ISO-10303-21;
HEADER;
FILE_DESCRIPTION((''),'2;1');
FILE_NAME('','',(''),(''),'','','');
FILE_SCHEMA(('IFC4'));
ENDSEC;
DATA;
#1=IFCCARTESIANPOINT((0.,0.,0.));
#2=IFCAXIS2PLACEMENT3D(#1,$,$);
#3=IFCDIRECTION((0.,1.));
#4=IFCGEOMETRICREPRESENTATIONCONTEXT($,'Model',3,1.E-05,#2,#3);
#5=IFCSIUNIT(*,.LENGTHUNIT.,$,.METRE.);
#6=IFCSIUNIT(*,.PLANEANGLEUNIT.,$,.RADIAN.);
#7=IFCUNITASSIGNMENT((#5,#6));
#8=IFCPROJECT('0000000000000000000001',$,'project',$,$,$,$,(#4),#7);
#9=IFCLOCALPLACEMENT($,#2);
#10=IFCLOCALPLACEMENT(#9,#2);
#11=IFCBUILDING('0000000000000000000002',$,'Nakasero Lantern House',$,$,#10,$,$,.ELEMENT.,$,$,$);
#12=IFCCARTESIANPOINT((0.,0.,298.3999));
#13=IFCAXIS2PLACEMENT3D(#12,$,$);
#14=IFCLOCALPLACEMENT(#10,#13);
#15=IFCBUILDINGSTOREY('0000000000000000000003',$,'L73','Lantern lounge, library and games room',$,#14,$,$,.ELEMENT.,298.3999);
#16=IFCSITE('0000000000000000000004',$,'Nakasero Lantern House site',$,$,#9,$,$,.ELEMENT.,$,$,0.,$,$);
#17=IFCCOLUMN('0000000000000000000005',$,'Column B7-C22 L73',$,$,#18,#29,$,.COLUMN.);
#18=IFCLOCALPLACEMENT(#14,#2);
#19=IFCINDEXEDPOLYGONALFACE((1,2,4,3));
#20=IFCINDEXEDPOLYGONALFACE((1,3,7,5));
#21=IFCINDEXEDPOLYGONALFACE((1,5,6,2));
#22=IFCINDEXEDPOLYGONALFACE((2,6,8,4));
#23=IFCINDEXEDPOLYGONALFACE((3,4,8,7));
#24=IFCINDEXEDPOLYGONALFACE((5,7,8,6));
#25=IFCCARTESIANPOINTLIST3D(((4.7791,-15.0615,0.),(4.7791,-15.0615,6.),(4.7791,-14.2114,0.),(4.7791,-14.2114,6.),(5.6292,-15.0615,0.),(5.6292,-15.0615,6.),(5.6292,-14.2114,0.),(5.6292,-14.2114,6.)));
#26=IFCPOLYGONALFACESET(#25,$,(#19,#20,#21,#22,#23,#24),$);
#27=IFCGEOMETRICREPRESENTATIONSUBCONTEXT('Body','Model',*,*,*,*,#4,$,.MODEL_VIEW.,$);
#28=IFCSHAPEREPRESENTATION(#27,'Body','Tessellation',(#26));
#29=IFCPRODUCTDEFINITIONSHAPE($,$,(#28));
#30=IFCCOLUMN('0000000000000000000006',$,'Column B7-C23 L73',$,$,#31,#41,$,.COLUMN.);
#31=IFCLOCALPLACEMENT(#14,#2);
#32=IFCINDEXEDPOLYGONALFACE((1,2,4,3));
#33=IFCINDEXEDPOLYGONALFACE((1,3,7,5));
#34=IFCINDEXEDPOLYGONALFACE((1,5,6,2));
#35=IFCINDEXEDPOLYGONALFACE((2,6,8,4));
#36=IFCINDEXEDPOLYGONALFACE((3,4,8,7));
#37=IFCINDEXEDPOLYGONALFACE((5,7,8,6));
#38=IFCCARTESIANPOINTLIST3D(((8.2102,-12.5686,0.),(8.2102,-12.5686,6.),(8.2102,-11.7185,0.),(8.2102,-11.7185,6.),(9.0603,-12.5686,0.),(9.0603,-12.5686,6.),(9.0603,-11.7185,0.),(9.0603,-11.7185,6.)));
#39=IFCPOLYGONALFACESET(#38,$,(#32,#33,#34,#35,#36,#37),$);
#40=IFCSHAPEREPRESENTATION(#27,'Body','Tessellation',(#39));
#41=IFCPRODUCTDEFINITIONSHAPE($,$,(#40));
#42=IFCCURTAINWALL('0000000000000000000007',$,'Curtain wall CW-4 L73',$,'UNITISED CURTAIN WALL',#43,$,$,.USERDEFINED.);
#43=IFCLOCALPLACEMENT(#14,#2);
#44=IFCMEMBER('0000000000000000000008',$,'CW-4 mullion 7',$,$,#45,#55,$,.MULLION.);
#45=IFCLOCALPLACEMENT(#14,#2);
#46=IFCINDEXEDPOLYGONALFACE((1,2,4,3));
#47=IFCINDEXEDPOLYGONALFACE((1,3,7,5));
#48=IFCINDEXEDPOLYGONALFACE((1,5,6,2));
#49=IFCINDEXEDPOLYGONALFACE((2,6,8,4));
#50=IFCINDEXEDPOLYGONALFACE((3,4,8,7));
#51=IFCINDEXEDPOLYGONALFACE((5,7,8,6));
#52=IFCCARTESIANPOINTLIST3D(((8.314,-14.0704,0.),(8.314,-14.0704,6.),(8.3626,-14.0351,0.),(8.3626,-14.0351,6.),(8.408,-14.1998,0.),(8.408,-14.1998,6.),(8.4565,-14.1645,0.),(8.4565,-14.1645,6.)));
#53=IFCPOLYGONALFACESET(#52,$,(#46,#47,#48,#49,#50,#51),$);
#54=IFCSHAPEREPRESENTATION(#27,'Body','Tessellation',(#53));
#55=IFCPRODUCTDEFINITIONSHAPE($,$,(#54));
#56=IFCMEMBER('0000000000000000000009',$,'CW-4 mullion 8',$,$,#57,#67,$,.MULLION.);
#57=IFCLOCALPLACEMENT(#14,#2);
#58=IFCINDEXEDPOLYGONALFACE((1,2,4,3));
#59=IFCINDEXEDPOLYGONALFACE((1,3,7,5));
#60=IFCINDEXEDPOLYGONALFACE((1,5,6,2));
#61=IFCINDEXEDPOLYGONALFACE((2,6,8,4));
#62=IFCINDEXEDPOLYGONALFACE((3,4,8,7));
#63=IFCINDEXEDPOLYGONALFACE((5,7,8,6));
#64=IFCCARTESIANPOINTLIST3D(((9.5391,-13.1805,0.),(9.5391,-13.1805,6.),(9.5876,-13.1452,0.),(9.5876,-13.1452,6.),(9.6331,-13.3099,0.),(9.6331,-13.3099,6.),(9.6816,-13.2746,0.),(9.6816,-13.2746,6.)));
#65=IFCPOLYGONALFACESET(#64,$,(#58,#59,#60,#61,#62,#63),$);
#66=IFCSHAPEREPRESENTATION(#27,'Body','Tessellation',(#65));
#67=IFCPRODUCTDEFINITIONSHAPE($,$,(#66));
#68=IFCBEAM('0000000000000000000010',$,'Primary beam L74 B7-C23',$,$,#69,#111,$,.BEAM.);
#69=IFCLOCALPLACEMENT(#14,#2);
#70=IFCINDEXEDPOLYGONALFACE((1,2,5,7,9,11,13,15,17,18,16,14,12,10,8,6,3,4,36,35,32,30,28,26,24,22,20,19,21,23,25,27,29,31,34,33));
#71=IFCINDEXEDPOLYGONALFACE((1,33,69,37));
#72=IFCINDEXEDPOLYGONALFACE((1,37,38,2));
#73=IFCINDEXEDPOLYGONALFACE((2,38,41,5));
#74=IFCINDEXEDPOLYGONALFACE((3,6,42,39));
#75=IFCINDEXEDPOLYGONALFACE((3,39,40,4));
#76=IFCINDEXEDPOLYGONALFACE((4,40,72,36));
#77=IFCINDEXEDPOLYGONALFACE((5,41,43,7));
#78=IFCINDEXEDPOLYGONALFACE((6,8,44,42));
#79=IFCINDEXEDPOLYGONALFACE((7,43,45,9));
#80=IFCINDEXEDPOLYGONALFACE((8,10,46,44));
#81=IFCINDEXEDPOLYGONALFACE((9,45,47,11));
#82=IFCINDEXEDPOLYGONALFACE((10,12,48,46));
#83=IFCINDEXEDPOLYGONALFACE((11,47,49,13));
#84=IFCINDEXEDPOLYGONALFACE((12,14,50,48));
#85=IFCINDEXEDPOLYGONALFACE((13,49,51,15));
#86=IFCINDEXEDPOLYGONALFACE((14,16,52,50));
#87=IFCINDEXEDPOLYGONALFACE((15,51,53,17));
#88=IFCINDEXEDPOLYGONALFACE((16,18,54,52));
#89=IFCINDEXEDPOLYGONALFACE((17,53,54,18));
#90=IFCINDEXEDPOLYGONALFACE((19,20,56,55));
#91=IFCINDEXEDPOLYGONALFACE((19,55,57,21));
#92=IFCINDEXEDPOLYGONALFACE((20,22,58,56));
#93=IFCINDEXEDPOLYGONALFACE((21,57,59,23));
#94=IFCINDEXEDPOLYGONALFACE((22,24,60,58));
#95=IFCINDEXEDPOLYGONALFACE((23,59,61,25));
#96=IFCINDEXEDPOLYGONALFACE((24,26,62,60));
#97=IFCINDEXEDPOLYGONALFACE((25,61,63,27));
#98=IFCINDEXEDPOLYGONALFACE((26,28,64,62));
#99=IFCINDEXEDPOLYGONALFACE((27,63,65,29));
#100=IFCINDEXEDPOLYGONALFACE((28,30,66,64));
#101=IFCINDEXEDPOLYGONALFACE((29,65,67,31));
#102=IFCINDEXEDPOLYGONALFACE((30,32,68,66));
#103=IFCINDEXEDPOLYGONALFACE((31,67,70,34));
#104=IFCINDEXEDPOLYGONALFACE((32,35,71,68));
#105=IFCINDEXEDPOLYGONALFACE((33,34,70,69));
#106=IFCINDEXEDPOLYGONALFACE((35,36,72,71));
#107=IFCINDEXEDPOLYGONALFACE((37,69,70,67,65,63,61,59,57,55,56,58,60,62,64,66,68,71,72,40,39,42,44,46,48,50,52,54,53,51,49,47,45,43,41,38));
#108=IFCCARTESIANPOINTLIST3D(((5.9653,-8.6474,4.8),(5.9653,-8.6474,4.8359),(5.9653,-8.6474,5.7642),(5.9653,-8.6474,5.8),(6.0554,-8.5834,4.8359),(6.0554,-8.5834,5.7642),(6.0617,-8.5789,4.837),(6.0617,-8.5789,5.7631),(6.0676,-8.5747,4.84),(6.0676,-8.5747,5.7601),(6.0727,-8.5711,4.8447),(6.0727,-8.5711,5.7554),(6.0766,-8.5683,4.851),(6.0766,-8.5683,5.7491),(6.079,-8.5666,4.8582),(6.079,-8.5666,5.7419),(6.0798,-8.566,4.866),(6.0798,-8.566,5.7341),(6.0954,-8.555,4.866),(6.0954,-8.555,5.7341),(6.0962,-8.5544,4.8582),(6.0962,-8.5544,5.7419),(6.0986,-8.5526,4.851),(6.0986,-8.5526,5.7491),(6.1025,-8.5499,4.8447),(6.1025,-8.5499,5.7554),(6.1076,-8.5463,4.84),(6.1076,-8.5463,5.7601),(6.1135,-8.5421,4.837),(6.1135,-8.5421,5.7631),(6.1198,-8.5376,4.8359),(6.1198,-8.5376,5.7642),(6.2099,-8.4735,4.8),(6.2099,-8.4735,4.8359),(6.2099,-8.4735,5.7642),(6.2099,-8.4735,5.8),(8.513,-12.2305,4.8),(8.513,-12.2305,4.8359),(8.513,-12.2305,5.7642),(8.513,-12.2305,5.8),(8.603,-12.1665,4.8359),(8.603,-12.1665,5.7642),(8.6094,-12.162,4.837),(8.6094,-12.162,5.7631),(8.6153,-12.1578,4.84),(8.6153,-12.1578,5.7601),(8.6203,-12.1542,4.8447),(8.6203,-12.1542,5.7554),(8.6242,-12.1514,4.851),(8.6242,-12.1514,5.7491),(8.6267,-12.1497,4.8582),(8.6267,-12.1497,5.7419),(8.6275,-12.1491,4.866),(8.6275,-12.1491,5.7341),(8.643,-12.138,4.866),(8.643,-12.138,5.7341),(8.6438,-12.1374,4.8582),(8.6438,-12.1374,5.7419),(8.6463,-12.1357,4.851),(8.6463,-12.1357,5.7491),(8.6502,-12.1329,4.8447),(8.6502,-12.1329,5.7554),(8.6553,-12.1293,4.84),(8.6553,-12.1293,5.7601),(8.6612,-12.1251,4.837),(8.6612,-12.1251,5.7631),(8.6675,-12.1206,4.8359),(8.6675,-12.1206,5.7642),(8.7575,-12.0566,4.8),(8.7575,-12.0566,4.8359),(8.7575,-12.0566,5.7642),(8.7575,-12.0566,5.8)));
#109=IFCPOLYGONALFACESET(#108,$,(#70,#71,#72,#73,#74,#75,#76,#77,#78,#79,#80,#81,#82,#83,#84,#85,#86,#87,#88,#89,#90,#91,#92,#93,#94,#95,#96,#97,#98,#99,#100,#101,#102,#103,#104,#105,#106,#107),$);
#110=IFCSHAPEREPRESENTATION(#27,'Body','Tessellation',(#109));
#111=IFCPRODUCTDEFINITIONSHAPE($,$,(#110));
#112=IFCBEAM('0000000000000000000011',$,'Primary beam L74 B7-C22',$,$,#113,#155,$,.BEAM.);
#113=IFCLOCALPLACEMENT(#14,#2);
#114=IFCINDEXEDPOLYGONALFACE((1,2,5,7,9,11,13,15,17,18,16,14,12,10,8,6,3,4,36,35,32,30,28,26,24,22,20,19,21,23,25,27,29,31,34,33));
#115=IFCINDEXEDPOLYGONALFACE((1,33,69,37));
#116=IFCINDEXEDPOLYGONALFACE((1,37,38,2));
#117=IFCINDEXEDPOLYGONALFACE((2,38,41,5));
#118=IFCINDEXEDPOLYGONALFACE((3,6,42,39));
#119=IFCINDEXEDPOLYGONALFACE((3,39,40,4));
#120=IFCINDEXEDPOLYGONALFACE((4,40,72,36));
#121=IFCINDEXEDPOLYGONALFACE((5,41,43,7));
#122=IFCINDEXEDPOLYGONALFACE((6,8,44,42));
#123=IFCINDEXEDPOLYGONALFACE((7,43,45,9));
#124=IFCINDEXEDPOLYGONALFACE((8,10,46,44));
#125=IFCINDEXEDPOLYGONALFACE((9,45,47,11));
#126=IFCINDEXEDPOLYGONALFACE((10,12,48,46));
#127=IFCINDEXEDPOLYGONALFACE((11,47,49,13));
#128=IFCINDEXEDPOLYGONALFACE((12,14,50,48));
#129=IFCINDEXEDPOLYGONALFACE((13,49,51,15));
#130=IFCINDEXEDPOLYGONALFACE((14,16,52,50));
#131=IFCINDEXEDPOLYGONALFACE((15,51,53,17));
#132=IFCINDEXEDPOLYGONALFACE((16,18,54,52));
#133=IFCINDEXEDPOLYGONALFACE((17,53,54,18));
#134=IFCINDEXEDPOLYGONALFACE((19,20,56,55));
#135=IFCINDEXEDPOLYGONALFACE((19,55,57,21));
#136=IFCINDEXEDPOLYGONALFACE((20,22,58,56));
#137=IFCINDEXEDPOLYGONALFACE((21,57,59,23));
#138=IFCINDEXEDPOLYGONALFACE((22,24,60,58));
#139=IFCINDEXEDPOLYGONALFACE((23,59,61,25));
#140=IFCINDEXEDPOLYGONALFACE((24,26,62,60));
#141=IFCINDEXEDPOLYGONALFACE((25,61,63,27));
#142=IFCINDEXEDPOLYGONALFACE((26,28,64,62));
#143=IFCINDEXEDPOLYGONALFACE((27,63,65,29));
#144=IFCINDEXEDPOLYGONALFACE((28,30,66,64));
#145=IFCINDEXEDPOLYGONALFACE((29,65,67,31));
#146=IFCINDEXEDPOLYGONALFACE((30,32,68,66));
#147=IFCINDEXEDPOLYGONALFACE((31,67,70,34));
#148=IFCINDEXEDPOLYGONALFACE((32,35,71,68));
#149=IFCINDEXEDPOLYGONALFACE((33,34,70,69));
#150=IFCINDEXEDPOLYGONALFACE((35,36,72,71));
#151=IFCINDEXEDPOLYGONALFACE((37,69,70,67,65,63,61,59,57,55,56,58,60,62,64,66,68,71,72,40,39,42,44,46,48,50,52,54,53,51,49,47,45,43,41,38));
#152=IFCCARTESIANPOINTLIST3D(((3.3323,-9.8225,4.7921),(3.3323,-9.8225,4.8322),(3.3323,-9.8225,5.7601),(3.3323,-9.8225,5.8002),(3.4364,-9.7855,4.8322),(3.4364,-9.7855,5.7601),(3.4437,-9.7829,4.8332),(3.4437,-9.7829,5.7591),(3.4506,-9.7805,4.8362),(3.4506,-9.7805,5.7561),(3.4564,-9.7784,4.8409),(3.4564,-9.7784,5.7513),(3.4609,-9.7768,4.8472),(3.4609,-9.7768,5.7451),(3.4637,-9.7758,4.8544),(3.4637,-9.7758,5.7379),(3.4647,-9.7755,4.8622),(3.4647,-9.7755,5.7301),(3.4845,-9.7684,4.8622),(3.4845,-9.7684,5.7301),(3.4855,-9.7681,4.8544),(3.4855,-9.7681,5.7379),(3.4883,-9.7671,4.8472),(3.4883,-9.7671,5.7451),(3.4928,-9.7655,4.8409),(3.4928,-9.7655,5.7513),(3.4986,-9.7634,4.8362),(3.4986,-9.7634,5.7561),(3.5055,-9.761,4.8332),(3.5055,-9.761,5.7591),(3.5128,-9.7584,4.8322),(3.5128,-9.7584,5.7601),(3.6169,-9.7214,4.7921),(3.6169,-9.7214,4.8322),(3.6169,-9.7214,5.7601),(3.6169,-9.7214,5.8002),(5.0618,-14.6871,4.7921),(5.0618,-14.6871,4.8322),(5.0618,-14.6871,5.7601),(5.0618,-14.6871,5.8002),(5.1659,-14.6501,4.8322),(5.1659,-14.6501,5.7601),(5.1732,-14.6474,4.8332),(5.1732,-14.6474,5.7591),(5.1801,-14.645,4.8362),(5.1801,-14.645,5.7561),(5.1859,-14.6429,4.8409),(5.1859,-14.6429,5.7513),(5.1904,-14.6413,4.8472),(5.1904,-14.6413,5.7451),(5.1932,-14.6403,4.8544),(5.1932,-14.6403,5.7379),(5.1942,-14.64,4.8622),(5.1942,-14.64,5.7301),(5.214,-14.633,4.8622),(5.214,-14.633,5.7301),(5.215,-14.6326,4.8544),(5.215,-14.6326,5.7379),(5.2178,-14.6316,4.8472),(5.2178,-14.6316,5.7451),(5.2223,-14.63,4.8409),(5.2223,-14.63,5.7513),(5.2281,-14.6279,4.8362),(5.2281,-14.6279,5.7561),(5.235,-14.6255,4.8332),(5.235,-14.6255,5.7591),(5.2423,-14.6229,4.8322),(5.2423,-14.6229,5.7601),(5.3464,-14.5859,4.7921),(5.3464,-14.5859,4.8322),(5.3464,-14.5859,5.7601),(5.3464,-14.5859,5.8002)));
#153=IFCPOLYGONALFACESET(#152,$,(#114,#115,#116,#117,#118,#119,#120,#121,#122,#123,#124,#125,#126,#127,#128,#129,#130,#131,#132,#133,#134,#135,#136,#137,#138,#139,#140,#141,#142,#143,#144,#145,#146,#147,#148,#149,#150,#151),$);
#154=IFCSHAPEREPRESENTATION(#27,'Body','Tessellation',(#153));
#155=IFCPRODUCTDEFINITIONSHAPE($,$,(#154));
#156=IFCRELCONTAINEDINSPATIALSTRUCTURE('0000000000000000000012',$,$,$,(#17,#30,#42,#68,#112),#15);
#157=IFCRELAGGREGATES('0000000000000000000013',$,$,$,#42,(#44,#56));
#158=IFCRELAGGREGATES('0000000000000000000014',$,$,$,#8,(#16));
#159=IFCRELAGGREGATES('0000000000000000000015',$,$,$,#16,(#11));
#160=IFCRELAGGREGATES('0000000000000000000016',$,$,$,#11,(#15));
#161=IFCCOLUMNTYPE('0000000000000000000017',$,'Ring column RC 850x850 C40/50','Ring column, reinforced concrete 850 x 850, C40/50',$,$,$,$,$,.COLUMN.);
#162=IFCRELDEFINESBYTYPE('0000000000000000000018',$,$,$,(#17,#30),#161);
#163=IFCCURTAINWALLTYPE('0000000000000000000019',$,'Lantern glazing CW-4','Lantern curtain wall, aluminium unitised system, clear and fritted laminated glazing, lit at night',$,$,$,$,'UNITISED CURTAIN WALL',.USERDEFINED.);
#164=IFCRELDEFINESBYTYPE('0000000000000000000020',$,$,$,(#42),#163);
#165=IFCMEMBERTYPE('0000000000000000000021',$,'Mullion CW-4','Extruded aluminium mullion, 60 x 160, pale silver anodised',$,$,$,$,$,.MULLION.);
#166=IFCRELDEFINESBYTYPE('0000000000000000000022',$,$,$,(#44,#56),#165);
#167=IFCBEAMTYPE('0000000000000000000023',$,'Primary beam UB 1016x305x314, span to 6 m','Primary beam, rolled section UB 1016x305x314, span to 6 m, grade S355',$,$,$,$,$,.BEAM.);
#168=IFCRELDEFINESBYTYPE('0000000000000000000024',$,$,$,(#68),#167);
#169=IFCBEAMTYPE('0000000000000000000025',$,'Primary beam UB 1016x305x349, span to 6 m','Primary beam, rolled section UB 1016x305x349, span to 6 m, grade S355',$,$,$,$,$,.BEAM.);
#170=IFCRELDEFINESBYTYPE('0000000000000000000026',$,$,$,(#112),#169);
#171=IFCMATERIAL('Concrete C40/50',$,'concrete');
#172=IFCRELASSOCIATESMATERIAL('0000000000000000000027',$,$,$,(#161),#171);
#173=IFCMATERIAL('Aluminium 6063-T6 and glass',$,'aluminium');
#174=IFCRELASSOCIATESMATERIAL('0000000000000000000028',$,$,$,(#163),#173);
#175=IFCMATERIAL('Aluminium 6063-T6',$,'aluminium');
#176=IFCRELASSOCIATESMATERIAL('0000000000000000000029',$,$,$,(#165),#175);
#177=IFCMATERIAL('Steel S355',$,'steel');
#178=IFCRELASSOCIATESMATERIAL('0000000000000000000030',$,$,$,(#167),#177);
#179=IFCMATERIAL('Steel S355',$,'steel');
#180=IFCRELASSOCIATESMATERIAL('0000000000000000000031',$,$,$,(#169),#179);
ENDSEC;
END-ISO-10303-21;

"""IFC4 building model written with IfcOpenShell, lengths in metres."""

from ifc_helpers import new_model, si_unit, direction, frame, origin, origin_2d, place, context, subcontext, project, spatial, rectangle, i_section, extrude, material, material_profile, profile_set, type_object, element, aggregate, save


model = new_model("IFC4")

# Units and contexts
model_context = context("Model", 3, precision=1e-05, world=origin(), true_north=direction((0.0, 1.0)))
body_context = subcontext(model_context, "Body", "Model", "MODEL_VIEW")
ifc_project = project(units=[si_unit("LENGTHUNIT", "METRE"), si_unit("PLANEANGLEUNIT", "RADIAN")], contexts=[model_context])

# Site, building, storey
site_placement = place(None, origin())
site = spatial("IfcSite", under=ifc_project, at=site_placement, Name="Nakasero Lantern House site", CompositionType="ELEMENT", RefElevation=0.0)
building_placement = place(site_placement, origin())
building = spatial("IfcBuilding", under=site, at=building_placement, Name="Nakasero Lantern House", CompositionType="ELEMENT")
storey_placement = place(building_placement, frame((0.0, 0.0, 298.3999)))
storey = spatial("IfcBuildingStorey", under=building, at=storey_placement, Name="L73", Description="Lantern lounge, library and games room", CompositionType="ELEMENT", Elevation=298.3999)

# Columns
ifc_material_1 = material(Name="Concrete C40/50", Category="concrete")
ifc_material_profile_1 = material_profile(ifc_material_1, rectangle(XDim=0.8501, YDim=0.8501, at=origin_2d()), Name="RC 850x850")
ifc_profile_set_1 = profile_set([ifc_material_profile_1], Name="Concrete C40/50")
column_type = type_object("IfcColumnType", Name="Ring column RC 850x850 C40/50", Description="Ring column, reinforced concrete 850 x 850, C40/50", PredefinedType="COLUMN", material=ifc_profile_set_1)
for number, where, z_axis, x_axis, name in (
    (1, (5.2041, -14.6365, 0.0), (0.0, 0.0, 1.0), (1.0, 0.0, 0.0), "Column B7-C22 L73"),
    (2, (8.6353, -12.1436, 0.0), (0.0, 0.0, 1.0), (1.0, 0.0, 0.0), "Column B7-C23 L73"),
):
    element("IfcColumn", number, at=place(storey_placement, frame(where, z_axis=z_axis, x_axis=x_axis)), inside=storey, type_object=column_type, Name=name, PredefinedType="COLUMN", context=body_context, shape_type="SweptSolid", body=[
        extrude(rectangle(XDim=0.8501, YDim=0.8501, at=origin_2d()), origin(), (0.0, 0.0, 1.0), 6.0),
    ])

# Curtain wall, members
ifc_material_2 = material(Name="Aluminium 6063-T6 and glass", Category="aluminium")
curtain_wall_type = type_object("IfcCurtainWallType", Name="Lantern glazing CW-4", Description="Lantern curtain wall, aluminium unitised system, clear and fritted laminated glazing, lit at night", ElementType="UNITISED CURTAIN WALL", PredefinedType="USERDEFINED", material=ifc_material_2)
curtain_wall_placement = place(storey_placement, origin())
curtain_wall = element("IfcCurtainWall", 3, at=curtain_wall_placement, inside=storey, type_object=curtain_wall_type, Name="Curtain wall CW-4 L73", ObjectType="UNITISED CURTAIN WALL", PredefinedType="USERDEFINED")
ifc_material_3 = material(Name="Aluminium 6063-T6", Category="aluminium")
ifc_material_profile_2 = material_profile(ifc_material_3, rectangle(XDim=0.0601, YDim=0.1599, at=origin_2d()), Name="CW-4 mullion 60x160")
ifc_profile_set_2 = profile_set([ifc_material_profile_2], Name="Aluminium 6063-T6")
member_type_1 = type_object("IfcMemberType", Name="Mullion CW-4", Description="Extruded aluminium mullion, 60 x 160, pale silver anodised", PredefinedType="MULLION", material=ifc_profile_set_2)
member_1_placement = place(storey_placement, frame((8.3853, -14.1174, 0.0), z_axis=(0.0, 0.0, 1.0), x_axis=(0.809017, 0.587785, 0.0)))
member_1 = element("IfcMember", 4, at=member_1_placement, type_object=member_type_1, Name="CW-4 mullion 7", PredefinedType="MULLION", context=body_context, shape_type="SweptSolid", body=[
    extrude(rectangle(XDim=0.0601, YDim=0.1599, at=origin_2d()), origin(), (0.0, 0.0, 1.0), 6.0),
])
member_2_placement = place(storey_placement, frame((9.6104, -13.2275, 0.0), z_axis=(0.0, 0.0, 1.0), x_axis=(0.809017, 0.587785, 0.0)))
member_2 = element("IfcMember", 5, at=member_2_placement, type_object=member_type_1, Name="CW-4 mullion 8", PredefinedType="MULLION", context=body_context, shape_type="SweptSolid", body=[
    extrude(rectangle(XDim=0.0601, YDim=0.1599, at=origin_2d()), origin(), (0.0, 0.0, 1.0), 6.0),
])

# Beams
ifc_material_4 = material(Name="Steel S355", Category="steel")
ifc_material_profile_3 = material_profile(ifc_material_4, i_section(OverallWidth=0.3, OverallDepth=1.0, WebThickness=0.019, FlangeThickness=0.0359, FilletRadius=0.03, at=origin_2d()), Name="UB 1016x305x314")
ifc_profile_set_3 = profile_set([ifc_material_profile_3], Name="Steel S355")
beam_type_1 = type_object("IfcBeamType", Name="Primary beam UB 1016x305x314, span to 6 m", Description="Primary beam, rolled section UB 1016x305x314, span to 6 m, grade S355", PredefinedType="BEAM", material=ifc_profile_set_3)
beam_1_placement = place(storey_placement, frame((8.6353, -12.1436, 5.3), z_axis=(-0.579477, 0.814989, 0.0), x_axis=(-0.814989, -0.579477, 0.0)))
element("IfcBeam", 6, at=beam_1_placement, inside=storey, type_object=beam_type_1, Name="Primary beam L74 B7-C23", PredefinedType="BEAM", context=body_context, shape_type="SweptSolid", body=[
    extrude(i_section(OverallWidth=0.3, OverallDepth=1.0, WebThickness=0.019, FlangeThickness=0.0359, FilletRadius=0.03, at=origin_2d()), origin(), (0.0, 0.0, 1.0), 4.3965),
])
ifc_material_5 = material(Name="Steel S355", Category="steel")
ifc_material_profile_4 = material_profile(ifc_material_5, i_section(OverallWidth=0.302, OverallDepth=1.0081, WebThickness=0.021, FlangeThickness=0.04, FilletRadius=0.03, at=origin_2d()), Name="UB 1016x305x349")
ifc_profile_set_4 = profile_set([ifc_material_profile_4], Name="Steel S355")
beam_type_2 = type_object("IfcBeamType", Name="Primary beam UB 1016x305x349, span to 6 m", Description="Primary beam, rolled section UB 1016x305x349, span to 6 m, grade S355", PredefinedType="BEAM", material=ifc_profile_set_4)
beam_2_placement = place(storey_placement, frame((5.2041, -14.6365, 5.2961), z_axis=(-0.334991, 0.942221, 0.0), x_axis=(-0.942221, -0.334991, 0.0)))
element("IfcBeam", 7, at=beam_2_placement, inside=storey, type_object=beam_type_2, Name="Primary beam L74 B7-C22", PredefinedType="BEAM", context=body_context, shape_type="SweptSolid", body=[
    extrude(i_section(OverallWidth=0.302, OverallDepth=1.0081, WebThickness=0.021, FlangeThickness=0.04, FilletRadius=0.03, at=origin_2d()), origin(), (0.0, 0.0, 1.0), 5.1628),
])

aggregate(curtain_wall, [member_1, member_2])

save(model, "model.ifc")
